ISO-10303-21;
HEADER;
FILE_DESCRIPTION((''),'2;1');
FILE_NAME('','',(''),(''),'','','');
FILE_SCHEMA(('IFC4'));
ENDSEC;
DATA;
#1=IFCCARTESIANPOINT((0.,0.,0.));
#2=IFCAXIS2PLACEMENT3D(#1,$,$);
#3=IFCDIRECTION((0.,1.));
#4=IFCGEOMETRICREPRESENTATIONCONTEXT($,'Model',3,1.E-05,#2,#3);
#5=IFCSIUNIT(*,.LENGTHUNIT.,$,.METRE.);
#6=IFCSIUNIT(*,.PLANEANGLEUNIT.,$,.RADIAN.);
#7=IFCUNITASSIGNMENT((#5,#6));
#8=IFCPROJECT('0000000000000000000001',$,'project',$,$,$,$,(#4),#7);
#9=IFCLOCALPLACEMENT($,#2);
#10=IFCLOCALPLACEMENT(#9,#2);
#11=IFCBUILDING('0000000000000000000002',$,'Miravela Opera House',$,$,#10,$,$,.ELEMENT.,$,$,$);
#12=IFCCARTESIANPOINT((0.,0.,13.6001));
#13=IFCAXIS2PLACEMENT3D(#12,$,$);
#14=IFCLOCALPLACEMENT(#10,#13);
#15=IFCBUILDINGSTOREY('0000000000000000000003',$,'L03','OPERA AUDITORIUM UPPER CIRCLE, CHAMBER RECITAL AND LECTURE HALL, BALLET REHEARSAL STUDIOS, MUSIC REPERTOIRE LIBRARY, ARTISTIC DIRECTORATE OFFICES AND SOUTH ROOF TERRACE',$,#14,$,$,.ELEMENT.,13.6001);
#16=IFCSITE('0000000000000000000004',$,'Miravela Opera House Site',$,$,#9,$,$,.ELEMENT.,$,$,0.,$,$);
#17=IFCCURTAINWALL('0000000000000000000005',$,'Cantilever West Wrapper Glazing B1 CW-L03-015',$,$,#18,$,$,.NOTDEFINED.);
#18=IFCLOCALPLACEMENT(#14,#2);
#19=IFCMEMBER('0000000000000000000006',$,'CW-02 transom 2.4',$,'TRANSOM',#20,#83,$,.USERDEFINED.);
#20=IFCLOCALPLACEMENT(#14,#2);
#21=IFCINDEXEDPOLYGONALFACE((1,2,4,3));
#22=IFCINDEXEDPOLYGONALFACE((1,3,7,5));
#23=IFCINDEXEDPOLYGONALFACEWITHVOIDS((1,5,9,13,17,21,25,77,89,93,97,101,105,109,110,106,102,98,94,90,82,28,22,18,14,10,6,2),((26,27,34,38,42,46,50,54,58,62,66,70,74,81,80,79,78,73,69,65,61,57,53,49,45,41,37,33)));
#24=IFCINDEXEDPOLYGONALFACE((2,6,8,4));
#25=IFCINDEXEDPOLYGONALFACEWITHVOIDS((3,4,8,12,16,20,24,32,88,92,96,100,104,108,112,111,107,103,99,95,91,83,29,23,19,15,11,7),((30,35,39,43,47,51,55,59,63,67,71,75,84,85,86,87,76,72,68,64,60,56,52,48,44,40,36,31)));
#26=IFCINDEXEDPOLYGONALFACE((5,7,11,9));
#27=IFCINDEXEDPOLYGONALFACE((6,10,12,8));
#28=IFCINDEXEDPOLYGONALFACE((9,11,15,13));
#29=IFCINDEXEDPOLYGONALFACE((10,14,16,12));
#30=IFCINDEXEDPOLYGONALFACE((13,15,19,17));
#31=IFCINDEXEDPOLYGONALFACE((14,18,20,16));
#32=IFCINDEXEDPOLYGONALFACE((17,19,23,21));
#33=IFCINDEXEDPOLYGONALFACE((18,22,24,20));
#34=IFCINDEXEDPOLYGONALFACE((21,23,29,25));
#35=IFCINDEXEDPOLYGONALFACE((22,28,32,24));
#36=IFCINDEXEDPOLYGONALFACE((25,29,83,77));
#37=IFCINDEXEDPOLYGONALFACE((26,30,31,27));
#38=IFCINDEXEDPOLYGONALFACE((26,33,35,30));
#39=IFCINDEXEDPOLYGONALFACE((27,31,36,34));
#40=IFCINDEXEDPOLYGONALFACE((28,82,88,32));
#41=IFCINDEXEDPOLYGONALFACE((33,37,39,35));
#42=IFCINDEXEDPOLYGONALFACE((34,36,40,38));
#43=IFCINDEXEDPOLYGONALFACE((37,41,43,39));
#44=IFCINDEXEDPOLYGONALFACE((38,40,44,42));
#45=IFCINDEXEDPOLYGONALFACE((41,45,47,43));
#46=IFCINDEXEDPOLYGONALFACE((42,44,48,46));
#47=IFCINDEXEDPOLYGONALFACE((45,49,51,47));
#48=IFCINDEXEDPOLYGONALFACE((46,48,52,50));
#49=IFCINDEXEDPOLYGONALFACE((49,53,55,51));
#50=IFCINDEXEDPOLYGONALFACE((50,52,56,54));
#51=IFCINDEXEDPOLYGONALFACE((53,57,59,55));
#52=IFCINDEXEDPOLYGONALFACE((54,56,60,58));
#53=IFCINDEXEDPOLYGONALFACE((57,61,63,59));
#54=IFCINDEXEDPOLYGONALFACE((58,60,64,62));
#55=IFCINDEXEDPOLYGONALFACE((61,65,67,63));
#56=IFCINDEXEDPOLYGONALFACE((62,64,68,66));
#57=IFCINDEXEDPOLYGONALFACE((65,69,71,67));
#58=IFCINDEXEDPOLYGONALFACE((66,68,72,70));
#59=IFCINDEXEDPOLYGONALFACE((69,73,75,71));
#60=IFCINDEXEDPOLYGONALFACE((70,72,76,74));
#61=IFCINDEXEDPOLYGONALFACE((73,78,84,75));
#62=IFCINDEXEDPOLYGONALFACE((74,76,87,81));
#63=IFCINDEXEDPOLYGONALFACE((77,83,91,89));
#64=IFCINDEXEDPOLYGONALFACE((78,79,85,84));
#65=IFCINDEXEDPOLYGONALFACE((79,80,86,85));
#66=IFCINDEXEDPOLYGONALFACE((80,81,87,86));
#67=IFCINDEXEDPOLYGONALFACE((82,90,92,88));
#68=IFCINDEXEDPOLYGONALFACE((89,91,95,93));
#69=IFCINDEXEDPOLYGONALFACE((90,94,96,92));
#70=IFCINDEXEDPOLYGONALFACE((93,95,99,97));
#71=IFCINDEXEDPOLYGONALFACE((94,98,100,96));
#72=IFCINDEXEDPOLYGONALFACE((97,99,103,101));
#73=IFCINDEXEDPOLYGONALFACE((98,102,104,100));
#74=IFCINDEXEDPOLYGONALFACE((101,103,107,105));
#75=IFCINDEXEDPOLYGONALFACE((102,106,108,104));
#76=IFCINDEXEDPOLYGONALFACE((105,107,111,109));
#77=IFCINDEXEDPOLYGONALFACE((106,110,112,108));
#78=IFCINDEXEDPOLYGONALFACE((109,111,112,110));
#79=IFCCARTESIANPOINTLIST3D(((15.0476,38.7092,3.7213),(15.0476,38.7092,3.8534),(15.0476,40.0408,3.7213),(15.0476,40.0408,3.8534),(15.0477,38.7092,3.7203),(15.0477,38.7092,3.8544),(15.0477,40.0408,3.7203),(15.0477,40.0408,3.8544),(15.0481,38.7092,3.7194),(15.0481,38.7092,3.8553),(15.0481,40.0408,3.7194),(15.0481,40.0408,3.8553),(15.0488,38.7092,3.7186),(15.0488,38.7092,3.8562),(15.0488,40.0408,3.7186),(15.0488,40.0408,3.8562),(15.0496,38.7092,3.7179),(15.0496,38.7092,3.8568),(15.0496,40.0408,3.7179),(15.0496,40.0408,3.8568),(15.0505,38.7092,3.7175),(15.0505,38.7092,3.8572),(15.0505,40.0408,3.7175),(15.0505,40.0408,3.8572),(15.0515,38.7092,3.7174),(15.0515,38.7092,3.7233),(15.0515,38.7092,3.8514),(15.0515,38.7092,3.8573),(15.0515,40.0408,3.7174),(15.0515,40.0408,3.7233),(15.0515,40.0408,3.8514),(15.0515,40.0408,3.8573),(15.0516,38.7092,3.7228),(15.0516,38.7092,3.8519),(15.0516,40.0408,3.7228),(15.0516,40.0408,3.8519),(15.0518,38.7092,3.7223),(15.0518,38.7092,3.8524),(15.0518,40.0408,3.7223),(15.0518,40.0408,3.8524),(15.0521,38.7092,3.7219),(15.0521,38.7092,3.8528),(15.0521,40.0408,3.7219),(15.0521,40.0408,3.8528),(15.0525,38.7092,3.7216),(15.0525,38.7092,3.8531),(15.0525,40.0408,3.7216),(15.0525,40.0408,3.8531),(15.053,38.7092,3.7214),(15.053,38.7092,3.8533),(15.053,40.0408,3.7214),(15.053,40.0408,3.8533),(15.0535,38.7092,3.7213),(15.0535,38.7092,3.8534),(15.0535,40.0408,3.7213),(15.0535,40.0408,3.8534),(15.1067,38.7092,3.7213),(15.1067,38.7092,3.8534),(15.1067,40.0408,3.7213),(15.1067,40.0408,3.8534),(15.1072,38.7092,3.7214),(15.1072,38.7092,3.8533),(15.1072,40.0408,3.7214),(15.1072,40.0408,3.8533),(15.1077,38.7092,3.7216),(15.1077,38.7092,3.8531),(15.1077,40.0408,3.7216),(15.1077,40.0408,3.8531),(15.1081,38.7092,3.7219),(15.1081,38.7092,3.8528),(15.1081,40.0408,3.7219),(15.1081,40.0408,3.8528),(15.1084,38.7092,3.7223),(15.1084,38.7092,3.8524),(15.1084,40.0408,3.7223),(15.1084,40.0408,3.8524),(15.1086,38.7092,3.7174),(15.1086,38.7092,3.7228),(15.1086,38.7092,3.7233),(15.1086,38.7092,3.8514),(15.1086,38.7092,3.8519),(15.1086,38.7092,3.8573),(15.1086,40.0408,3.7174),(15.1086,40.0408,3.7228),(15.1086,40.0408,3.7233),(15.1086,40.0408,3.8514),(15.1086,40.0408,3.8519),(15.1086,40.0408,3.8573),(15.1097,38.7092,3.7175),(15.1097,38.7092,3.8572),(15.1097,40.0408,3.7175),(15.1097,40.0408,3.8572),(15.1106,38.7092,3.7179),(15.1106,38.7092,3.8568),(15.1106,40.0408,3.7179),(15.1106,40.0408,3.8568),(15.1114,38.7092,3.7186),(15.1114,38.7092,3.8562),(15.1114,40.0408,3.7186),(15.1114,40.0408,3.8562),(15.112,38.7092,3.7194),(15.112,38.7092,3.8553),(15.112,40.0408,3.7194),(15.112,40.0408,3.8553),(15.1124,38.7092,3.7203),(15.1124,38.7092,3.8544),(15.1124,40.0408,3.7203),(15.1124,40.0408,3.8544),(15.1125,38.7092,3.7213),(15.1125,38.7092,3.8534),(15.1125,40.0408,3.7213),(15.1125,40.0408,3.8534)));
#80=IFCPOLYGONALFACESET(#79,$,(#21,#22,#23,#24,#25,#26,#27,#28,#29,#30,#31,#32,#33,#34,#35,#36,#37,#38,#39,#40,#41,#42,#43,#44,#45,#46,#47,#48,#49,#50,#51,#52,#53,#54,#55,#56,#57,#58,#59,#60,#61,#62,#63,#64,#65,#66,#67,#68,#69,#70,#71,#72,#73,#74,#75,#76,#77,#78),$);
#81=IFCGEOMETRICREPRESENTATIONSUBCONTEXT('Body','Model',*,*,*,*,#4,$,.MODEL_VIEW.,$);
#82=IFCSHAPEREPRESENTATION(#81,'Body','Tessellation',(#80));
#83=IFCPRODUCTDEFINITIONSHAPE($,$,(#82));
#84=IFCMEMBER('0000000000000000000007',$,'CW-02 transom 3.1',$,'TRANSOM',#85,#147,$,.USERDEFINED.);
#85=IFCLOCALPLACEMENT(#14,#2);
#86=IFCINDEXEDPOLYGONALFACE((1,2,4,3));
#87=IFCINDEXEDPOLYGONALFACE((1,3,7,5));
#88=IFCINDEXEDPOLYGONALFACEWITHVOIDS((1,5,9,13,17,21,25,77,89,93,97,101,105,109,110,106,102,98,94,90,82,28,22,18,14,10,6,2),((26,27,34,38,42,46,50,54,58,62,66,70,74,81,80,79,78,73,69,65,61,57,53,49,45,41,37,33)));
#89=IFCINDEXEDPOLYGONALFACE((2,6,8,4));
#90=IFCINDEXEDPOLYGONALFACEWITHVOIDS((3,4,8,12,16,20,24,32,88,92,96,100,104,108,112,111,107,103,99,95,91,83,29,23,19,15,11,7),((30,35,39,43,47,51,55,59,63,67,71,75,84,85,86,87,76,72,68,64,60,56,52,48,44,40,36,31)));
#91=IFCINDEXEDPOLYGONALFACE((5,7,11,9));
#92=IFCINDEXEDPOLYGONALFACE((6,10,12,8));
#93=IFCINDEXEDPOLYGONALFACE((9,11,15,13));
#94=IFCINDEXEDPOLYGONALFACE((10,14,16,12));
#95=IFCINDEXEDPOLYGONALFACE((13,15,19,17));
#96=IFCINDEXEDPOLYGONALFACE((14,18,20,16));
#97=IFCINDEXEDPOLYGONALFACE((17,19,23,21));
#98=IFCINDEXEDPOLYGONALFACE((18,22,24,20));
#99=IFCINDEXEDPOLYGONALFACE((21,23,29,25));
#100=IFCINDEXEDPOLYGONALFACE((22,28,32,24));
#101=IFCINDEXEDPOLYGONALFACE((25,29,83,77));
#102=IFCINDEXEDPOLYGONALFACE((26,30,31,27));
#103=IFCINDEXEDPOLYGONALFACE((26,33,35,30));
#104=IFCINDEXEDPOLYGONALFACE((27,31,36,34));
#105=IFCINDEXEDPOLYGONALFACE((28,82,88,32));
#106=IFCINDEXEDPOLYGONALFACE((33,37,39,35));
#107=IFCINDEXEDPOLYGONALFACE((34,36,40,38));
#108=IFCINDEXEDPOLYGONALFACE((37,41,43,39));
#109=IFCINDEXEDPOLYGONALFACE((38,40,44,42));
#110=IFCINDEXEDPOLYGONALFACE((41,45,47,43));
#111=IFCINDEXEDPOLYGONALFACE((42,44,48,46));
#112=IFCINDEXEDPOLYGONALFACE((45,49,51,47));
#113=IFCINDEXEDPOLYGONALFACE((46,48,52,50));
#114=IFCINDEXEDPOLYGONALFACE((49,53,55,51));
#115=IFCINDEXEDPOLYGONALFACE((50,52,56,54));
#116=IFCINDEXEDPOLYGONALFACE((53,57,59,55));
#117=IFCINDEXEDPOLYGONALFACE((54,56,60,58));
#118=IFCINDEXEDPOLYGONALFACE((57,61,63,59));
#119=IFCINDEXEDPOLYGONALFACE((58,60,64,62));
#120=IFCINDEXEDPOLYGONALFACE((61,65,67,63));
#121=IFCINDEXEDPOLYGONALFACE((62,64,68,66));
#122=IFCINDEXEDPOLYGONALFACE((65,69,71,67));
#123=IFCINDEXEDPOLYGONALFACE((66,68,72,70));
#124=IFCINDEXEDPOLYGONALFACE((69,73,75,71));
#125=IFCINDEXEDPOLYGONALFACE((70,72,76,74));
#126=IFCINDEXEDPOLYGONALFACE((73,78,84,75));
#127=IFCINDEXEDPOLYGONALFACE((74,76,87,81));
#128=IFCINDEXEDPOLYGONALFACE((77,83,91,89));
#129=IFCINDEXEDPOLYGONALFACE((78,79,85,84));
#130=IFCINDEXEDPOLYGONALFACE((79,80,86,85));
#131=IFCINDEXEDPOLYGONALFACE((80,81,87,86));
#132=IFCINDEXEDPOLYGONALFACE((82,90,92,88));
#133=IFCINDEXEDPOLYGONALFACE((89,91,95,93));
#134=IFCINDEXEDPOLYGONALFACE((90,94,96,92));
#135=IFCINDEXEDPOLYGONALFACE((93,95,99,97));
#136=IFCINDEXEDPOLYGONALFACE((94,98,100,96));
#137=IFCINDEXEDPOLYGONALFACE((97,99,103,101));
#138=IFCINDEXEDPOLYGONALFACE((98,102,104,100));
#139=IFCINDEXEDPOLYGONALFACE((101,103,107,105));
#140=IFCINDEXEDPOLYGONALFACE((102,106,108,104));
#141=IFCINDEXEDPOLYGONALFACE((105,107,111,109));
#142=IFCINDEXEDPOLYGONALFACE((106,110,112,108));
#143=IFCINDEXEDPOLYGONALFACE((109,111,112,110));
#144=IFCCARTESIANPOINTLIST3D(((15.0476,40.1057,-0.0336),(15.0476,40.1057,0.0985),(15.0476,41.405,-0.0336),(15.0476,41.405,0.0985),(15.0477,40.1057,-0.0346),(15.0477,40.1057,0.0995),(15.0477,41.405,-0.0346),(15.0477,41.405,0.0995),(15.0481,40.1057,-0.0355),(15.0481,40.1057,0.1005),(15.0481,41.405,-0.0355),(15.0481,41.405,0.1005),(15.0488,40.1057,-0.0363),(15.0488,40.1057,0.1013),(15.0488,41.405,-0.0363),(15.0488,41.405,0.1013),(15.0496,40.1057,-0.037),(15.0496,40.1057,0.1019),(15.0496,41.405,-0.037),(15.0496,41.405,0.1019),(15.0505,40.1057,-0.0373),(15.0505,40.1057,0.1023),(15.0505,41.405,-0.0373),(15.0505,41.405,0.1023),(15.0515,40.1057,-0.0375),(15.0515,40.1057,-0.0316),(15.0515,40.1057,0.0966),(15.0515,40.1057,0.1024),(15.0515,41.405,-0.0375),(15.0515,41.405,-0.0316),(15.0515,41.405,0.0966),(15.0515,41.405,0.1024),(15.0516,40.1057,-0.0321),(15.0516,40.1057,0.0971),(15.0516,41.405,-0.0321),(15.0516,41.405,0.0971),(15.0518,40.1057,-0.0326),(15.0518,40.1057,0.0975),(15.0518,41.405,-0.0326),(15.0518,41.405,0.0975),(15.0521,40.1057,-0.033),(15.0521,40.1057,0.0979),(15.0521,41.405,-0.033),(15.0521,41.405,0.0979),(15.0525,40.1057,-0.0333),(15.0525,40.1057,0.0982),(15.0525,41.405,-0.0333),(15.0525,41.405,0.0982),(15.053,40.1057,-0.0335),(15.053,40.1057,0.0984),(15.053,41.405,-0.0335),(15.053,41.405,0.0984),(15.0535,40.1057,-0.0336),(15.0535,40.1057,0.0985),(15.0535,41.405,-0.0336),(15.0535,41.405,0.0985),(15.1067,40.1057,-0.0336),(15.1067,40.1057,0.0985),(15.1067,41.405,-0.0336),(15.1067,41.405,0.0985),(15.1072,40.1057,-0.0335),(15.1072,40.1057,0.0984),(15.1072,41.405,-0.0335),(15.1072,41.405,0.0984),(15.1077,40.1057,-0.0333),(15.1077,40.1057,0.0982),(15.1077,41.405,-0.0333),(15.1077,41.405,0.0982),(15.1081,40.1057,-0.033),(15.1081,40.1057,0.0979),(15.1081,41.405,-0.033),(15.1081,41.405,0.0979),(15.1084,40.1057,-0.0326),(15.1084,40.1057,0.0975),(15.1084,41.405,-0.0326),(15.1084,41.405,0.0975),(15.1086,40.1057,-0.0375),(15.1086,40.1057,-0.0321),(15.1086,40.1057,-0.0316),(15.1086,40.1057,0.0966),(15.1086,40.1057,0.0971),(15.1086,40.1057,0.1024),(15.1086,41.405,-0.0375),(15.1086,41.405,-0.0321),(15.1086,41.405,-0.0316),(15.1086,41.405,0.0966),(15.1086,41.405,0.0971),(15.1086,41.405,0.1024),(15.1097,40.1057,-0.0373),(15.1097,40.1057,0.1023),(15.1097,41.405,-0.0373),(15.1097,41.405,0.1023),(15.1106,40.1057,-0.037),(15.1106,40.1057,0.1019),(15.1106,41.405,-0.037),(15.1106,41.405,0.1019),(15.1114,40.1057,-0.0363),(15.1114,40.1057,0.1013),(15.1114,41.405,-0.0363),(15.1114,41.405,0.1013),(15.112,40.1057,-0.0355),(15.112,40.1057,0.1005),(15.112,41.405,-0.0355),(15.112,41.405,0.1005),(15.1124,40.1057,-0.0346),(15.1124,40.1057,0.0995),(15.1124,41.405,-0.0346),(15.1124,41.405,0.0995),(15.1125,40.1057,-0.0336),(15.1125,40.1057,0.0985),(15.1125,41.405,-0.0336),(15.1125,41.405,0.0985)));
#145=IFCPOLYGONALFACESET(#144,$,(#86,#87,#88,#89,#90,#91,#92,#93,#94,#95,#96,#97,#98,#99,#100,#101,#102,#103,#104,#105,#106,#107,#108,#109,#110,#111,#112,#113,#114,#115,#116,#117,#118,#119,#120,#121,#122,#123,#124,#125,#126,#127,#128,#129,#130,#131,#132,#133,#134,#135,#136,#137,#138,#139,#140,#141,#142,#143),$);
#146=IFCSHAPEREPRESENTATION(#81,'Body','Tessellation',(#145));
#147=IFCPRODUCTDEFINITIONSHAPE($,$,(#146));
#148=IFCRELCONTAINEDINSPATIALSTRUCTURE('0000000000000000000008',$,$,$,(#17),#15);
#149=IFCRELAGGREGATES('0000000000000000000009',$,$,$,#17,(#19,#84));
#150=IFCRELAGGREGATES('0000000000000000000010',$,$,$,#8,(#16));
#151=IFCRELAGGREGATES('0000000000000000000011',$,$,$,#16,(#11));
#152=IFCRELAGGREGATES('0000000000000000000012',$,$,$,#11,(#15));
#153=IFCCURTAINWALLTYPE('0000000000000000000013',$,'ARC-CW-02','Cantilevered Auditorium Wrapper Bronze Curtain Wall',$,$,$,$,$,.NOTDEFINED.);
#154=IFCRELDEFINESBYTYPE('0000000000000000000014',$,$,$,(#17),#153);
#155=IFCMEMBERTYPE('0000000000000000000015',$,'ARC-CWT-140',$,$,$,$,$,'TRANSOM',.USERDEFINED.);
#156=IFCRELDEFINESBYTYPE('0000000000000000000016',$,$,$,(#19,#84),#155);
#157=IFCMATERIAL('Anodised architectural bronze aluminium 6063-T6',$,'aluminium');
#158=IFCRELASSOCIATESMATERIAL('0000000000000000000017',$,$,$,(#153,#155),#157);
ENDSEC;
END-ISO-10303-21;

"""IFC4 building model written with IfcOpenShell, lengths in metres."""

from ifc_helpers import new_model, si_unit, direction, frame, origin, origin_2d, place, context, subcontext, project, spatial, hollow_rectangle, extrude, material, material_profile, profile_set, type_object, element, aggregate, save


model = new_model("IFC4")

# Units and contexts
model_context = context("Model", 3, precision=1e-05, world=origin(), true_north=direction((0.0, 1.0)))
body_context = subcontext(model_context, "Body", "Model", "MODEL_VIEW")
ifc_project = project(units=[si_unit("LENGTHUNIT", "METRE"), si_unit("PLANEANGLEUNIT", "RADIAN")], contexts=[model_context])

# Site, building, storey
site_placement = place(None, origin())
site = spatial("IfcSite", under=ifc_project, at=site_placement, Name="Miravela Opera House Site", CompositionType="ELEMENT", RefElevation=0.0)
building_placement = place(site_placement, origin())
building = spatial("IfcBuilding", under=site, at=building_placement, Name="Miravela Opera House", CompositionType="ELEMENT")
storey_placement = place(building_placement, frame((0.0, 0.0, 13.6001)))
storey = spatial("IfcBuildingStorey", under=building, at=storey_placement, Name="L03", Description="OPERA AUDITORIUM UPPER CIRCLE, CHAMBER RECITAL AND LECTURE HALL, BALLET REHEARSAL STUDIOS, MUSIC REPERTOIRE LIBRARY, ARTISTIC DIRECTORATE OFFICES AND SOUTH ROOF TERRACE", CompositionType="ELEMENT", Elevation=13.6001)

# Curtain wall
ifc_material_1 = material(Name="Anodised architectural bronze aluminium 6063-T6", Category="aluminium")
curtain_wall_type = type_object("IfcCurtainWallType", Name="ARC-CW-02", Description="Cantilevered Auditorium Wrapper Bronze Curtain Wall", PredefinedType="NOTDEFINED", material=ifc_material_1)
curtain_wall_1_placement = place(storey_placement, origin())
curtain_wall_1 = element("IfcCurtainWall", 1, at=curtain_wall_1_placement, inside=storey, type_object=curtain_wall_type, Name="Cantilever West Wrapper Glazing B1 CW-L03-015", PredefinedType="NOTDEFINED")

# Members
ifc_material_profile_1 = material_profile(ifc_material_1, hollow_rectangle(XDim=0.0649, YDim=0.1399, WallThickness=0.0039, InnerFilletRadius=0.002, OuterFilletRadius=0.0039, at=origin_2d()), Name="CWT-65X140")
ifc_profile_set_1 = profile_set([ifc_material_profile_1])
member_type_1 = type_object("IfcMemberType", Name="ARC-CWT-140", ElementType="TRANSOM", PredefinedType="USERDEFINED", material=ifc_profile_set_1)
member_1_placement = place(storey_placement, frame((15.0801, 38.7092, 3.7874), z_axis=(0.0, 1.0, 0.0), x_axis=(-1.0, 0.0, 0.0)))
member_1 = element("IfcMember", 2, at=member_1_placement, type_object=member_type_1, Name="CW-02 transom 2.4", ObjectType="TRANSOM", PredefinedType="USERDEFINED", context=body_context, shape_type="SweptSolid", body=[
    extrude(hollow_rectangle(XDim=0.0649, YDim=0.1399, WallThickness=0.0039, InnerFilletRadius=0.002, OuterFilletRadius=0.0039, at=origin_2d()), origin(), (0.0, 0.0, 1.0), 1.3315),
])
member_2_placement = place(storey_placement, frame((15.0801, 40.1057, 0.0325), z_axis=(0.0, 1.0, 0.0), x_axis=(-1.0, 0.0, 0.0)))
member_2 = element("IfcMember", 3, at=member_2_placement, type_object=member_type_1, Name="CW-02 transom 3.1", ObjectType="TRANSOM", PredefinedType="USERDEFINED", context=body_context, shape_type="SweptSolid", body=[
    extrude(hollow_rectangle(XDim=0.0649, YDim=0.1399, WallThickness=0.0039, InnerFilletRadius=0.002, OuterFilletRadius=0.0039, at=origin_2d()), origin(), (0.0, 0.0, 1.0), 1.2993),
])

aggregate(curtain_wall_1, [member_1, member_2])

save(model, "model.ifc")
